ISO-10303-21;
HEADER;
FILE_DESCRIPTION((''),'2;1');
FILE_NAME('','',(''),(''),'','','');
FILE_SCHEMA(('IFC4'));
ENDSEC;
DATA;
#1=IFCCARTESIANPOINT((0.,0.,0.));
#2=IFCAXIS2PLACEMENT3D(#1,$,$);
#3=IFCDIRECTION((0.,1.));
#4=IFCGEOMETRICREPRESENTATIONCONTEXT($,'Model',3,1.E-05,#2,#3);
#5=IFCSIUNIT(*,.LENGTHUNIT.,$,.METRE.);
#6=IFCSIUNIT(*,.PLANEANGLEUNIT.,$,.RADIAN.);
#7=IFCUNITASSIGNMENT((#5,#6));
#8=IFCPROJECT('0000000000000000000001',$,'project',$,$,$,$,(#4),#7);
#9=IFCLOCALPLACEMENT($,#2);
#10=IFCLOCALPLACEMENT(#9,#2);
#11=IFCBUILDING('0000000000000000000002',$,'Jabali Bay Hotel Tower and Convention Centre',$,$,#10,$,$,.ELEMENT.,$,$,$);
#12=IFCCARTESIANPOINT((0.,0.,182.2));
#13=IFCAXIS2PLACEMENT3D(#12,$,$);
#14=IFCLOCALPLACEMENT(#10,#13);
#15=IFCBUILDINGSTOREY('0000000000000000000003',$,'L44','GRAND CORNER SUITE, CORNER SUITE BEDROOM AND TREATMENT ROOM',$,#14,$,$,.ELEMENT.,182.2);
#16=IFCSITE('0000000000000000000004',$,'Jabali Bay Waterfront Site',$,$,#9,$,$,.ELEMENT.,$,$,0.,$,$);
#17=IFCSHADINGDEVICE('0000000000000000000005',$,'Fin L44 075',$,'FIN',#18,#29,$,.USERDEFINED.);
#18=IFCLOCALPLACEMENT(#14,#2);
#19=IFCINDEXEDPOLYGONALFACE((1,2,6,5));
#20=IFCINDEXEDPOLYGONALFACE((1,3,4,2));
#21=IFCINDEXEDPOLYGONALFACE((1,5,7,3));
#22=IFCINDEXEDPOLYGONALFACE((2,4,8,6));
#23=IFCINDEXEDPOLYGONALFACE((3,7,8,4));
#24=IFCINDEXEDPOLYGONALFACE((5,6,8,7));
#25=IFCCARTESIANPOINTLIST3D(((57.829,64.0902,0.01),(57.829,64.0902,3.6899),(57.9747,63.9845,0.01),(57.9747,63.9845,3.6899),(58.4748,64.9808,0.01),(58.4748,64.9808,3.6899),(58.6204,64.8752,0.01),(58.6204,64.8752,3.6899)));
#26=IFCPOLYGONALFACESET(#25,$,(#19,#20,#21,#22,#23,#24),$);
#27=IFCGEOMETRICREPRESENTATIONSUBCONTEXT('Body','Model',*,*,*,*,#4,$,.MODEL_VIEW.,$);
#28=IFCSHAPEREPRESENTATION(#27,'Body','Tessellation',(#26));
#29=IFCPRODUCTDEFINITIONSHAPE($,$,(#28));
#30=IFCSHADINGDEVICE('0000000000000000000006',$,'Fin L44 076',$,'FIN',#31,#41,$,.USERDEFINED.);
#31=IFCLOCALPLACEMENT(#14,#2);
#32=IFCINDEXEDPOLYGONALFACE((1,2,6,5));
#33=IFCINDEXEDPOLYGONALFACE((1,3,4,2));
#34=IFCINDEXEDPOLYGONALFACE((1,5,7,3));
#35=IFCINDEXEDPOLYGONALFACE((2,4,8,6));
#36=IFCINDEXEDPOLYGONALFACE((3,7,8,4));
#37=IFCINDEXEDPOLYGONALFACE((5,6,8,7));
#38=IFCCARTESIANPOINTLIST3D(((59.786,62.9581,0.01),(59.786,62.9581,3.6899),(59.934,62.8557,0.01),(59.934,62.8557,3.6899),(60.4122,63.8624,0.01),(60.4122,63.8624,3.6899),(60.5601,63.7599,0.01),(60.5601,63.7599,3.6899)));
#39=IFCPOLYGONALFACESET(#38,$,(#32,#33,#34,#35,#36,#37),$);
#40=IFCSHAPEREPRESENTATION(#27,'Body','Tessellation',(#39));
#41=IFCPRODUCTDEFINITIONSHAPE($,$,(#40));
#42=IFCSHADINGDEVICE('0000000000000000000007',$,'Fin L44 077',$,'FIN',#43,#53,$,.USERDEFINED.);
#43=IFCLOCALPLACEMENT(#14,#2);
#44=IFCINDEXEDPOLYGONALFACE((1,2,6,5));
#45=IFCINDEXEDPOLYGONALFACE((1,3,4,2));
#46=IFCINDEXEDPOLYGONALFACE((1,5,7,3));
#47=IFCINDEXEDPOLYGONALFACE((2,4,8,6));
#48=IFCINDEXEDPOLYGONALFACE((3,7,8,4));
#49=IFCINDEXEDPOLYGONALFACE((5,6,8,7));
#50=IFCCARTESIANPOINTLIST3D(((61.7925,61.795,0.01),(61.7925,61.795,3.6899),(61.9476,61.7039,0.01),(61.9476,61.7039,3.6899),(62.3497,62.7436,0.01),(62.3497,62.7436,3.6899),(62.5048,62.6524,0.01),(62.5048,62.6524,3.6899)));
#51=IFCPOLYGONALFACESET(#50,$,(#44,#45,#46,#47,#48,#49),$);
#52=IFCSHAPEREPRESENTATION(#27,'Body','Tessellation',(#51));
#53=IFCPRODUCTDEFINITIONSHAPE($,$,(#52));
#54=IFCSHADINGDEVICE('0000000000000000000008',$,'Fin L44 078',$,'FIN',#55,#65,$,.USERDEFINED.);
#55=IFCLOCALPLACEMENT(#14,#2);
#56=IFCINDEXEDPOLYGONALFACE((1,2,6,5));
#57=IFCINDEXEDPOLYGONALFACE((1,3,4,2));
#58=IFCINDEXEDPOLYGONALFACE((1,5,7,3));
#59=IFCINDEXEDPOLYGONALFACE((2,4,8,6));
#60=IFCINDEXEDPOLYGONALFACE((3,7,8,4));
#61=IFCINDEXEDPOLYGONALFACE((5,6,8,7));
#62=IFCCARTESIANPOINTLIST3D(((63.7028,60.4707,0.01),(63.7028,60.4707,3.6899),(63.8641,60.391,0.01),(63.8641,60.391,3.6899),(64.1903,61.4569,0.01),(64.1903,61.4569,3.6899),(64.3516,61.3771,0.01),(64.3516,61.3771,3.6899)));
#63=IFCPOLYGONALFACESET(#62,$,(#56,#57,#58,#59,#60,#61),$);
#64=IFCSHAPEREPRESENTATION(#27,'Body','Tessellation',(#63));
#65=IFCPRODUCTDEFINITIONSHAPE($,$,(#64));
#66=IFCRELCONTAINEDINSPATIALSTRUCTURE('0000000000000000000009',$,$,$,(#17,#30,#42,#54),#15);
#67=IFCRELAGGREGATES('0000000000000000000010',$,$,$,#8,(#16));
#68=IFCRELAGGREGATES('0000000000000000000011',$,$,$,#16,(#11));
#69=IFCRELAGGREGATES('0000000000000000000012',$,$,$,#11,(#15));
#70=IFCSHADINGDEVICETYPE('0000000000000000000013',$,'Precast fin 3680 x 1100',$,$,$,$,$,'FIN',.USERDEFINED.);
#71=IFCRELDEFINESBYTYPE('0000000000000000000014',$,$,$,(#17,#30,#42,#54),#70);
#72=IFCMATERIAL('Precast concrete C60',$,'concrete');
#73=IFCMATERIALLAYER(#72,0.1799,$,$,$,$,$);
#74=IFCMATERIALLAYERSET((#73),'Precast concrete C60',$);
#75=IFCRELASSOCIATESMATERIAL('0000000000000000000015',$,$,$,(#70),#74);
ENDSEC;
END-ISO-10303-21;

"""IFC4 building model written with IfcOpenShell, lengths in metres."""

from ifc_helpers import new_model, si_unit, direction, frame, frame_2d, origin, place, context, subcontext, project, spatial, rectangle, extrude, material, layer, layer_set, type_object, element, save


model = new_model("IFC4")

# Units and contexts
model_context = context("Model", 3, precision=1e-05, world=origin(), true_north=direction((0.0, 1.0)))
body_context = subcontext(model_context, "Body", "Model", "MODEL_VIEW")
ifc_project = project(units=[si_unit("LENGTHUNIT", "METRE"), si_unit("PLANEANGLEUNIT", "RADIAN")], contexts=[model_context])

# Site, building, storey
site_placement = place(None, origin())
site = spatial("IfcSite", under=ifc_project, at=site_placement, Name="Jabali Bay Waterfront Site", CompositionType="ELEMENT", RefElevation=0.0)
building_placement = place(site_placement, origin())
building = spatial("IfcBuilding", under=site, at=building_placement, Name="Jabali Bay Hotel Tower and Convention Centre", CompositionType="ELEMENT")
storey_placement = place(building_placement, frame((0.0, 0.0, 182.2)))
storey = spatial("IfcBuildingStorey", under=building, at=storey_placement, Name="L44", Description="GRAND CORNER SUITE, CORNER SUITE BEDROOM AND TREATMENT ROOM", CompositionType="ELEMENT", Elevation=182.2)

# Shading devices
ifc_material_1 = material(Name="Precast concrete C60", Category="concrete")
ifc_layer_1 = layer(ifc_material_1, 0.1799)
ifc_layer_set_1 = layer_set([ifc_layer_1], Name="Precast concrete C60")
shading_device_type = type_object("IfcShadingDeviceType", Name="Precast fin 3680 x 1100", ElementType="FIN", PredefinedType="USERDEFINED", material=ifc_layer_set_1)
shading_device_1_placement = place(storey_placement, frame((58.5476, 64.928, 0.01), z_axis=(0.0, 0.0, 1.0), x_axis=(-0.586997, -0.809589, 0.0)))
element("IfcShadingDevice", 1, at=shading_device_1_placement, inside=storey, type_object=shading_device_type, Name="Fin L44 075", ObjectType="FIN", PredefinedType="USERDEFINED", context=body_context, shape_type="SweptSolid", body=[
    extrude(rectangle(XDim=1.1001, YDim=0.1799, at=frame_2d((0.55, 0.0))), origin(), (0.0, 0.0, 1.0), 3.6799),
])
shading_device_2_placement = place(storey_placement, frame((60.4861, 63.811, 0.01), z_axis=(0.0, 0.0, 1.0), x_axis=(-0.569314, -0.82212, 0.0)))
element("IfcShadingDevice", 2, at=shading_device_2_placement, inside=storey, type_object=shading_device_type, Name="Fin L44 076", ObjectType="FIN", PredefinedType="USERDEFINED", context=body_context, shape_type="SweptSolid", body=[
    extrude(rectangle(XDim=1.0999, YDim=0.1799, at=frame_2d((0.5498, 0.0))), origin(), (0.0, 0.0, 1.0), 3.6799),
])
for number, where, z_axis, x_axis, name in (
    (3, (62.4272, 62.698, 0.01), (0.0, 0.0, 1.0), (-0.506477, -0.862254, 0.0), "Fin L44 077"),
    (4, (64.271, 61.417, 0.01), (0.0, 0.0, 1.0), (-0.443214, -0.896416, 0.0), "Fin L44 078"),
):
    element("IfcShadingDevice", number, at=place(storey_placement, frame(where, z_axis=z_axis, x_axis=x_axis)), inside=storey, type_object=shading_device_type, Name=name, ObjectType="FIN", PredefinedType="USERDEFINED", context=body_context, shape_type="SweptSolid", body=[
        extrude(rectangle(XDim=1.1001, YDim=0.1799, at=frame_2d((0.55, 0.0))), origin(), (0.0, 0.0, 1.0), 3.6799),
    ])

save(model, "model.ifc")
